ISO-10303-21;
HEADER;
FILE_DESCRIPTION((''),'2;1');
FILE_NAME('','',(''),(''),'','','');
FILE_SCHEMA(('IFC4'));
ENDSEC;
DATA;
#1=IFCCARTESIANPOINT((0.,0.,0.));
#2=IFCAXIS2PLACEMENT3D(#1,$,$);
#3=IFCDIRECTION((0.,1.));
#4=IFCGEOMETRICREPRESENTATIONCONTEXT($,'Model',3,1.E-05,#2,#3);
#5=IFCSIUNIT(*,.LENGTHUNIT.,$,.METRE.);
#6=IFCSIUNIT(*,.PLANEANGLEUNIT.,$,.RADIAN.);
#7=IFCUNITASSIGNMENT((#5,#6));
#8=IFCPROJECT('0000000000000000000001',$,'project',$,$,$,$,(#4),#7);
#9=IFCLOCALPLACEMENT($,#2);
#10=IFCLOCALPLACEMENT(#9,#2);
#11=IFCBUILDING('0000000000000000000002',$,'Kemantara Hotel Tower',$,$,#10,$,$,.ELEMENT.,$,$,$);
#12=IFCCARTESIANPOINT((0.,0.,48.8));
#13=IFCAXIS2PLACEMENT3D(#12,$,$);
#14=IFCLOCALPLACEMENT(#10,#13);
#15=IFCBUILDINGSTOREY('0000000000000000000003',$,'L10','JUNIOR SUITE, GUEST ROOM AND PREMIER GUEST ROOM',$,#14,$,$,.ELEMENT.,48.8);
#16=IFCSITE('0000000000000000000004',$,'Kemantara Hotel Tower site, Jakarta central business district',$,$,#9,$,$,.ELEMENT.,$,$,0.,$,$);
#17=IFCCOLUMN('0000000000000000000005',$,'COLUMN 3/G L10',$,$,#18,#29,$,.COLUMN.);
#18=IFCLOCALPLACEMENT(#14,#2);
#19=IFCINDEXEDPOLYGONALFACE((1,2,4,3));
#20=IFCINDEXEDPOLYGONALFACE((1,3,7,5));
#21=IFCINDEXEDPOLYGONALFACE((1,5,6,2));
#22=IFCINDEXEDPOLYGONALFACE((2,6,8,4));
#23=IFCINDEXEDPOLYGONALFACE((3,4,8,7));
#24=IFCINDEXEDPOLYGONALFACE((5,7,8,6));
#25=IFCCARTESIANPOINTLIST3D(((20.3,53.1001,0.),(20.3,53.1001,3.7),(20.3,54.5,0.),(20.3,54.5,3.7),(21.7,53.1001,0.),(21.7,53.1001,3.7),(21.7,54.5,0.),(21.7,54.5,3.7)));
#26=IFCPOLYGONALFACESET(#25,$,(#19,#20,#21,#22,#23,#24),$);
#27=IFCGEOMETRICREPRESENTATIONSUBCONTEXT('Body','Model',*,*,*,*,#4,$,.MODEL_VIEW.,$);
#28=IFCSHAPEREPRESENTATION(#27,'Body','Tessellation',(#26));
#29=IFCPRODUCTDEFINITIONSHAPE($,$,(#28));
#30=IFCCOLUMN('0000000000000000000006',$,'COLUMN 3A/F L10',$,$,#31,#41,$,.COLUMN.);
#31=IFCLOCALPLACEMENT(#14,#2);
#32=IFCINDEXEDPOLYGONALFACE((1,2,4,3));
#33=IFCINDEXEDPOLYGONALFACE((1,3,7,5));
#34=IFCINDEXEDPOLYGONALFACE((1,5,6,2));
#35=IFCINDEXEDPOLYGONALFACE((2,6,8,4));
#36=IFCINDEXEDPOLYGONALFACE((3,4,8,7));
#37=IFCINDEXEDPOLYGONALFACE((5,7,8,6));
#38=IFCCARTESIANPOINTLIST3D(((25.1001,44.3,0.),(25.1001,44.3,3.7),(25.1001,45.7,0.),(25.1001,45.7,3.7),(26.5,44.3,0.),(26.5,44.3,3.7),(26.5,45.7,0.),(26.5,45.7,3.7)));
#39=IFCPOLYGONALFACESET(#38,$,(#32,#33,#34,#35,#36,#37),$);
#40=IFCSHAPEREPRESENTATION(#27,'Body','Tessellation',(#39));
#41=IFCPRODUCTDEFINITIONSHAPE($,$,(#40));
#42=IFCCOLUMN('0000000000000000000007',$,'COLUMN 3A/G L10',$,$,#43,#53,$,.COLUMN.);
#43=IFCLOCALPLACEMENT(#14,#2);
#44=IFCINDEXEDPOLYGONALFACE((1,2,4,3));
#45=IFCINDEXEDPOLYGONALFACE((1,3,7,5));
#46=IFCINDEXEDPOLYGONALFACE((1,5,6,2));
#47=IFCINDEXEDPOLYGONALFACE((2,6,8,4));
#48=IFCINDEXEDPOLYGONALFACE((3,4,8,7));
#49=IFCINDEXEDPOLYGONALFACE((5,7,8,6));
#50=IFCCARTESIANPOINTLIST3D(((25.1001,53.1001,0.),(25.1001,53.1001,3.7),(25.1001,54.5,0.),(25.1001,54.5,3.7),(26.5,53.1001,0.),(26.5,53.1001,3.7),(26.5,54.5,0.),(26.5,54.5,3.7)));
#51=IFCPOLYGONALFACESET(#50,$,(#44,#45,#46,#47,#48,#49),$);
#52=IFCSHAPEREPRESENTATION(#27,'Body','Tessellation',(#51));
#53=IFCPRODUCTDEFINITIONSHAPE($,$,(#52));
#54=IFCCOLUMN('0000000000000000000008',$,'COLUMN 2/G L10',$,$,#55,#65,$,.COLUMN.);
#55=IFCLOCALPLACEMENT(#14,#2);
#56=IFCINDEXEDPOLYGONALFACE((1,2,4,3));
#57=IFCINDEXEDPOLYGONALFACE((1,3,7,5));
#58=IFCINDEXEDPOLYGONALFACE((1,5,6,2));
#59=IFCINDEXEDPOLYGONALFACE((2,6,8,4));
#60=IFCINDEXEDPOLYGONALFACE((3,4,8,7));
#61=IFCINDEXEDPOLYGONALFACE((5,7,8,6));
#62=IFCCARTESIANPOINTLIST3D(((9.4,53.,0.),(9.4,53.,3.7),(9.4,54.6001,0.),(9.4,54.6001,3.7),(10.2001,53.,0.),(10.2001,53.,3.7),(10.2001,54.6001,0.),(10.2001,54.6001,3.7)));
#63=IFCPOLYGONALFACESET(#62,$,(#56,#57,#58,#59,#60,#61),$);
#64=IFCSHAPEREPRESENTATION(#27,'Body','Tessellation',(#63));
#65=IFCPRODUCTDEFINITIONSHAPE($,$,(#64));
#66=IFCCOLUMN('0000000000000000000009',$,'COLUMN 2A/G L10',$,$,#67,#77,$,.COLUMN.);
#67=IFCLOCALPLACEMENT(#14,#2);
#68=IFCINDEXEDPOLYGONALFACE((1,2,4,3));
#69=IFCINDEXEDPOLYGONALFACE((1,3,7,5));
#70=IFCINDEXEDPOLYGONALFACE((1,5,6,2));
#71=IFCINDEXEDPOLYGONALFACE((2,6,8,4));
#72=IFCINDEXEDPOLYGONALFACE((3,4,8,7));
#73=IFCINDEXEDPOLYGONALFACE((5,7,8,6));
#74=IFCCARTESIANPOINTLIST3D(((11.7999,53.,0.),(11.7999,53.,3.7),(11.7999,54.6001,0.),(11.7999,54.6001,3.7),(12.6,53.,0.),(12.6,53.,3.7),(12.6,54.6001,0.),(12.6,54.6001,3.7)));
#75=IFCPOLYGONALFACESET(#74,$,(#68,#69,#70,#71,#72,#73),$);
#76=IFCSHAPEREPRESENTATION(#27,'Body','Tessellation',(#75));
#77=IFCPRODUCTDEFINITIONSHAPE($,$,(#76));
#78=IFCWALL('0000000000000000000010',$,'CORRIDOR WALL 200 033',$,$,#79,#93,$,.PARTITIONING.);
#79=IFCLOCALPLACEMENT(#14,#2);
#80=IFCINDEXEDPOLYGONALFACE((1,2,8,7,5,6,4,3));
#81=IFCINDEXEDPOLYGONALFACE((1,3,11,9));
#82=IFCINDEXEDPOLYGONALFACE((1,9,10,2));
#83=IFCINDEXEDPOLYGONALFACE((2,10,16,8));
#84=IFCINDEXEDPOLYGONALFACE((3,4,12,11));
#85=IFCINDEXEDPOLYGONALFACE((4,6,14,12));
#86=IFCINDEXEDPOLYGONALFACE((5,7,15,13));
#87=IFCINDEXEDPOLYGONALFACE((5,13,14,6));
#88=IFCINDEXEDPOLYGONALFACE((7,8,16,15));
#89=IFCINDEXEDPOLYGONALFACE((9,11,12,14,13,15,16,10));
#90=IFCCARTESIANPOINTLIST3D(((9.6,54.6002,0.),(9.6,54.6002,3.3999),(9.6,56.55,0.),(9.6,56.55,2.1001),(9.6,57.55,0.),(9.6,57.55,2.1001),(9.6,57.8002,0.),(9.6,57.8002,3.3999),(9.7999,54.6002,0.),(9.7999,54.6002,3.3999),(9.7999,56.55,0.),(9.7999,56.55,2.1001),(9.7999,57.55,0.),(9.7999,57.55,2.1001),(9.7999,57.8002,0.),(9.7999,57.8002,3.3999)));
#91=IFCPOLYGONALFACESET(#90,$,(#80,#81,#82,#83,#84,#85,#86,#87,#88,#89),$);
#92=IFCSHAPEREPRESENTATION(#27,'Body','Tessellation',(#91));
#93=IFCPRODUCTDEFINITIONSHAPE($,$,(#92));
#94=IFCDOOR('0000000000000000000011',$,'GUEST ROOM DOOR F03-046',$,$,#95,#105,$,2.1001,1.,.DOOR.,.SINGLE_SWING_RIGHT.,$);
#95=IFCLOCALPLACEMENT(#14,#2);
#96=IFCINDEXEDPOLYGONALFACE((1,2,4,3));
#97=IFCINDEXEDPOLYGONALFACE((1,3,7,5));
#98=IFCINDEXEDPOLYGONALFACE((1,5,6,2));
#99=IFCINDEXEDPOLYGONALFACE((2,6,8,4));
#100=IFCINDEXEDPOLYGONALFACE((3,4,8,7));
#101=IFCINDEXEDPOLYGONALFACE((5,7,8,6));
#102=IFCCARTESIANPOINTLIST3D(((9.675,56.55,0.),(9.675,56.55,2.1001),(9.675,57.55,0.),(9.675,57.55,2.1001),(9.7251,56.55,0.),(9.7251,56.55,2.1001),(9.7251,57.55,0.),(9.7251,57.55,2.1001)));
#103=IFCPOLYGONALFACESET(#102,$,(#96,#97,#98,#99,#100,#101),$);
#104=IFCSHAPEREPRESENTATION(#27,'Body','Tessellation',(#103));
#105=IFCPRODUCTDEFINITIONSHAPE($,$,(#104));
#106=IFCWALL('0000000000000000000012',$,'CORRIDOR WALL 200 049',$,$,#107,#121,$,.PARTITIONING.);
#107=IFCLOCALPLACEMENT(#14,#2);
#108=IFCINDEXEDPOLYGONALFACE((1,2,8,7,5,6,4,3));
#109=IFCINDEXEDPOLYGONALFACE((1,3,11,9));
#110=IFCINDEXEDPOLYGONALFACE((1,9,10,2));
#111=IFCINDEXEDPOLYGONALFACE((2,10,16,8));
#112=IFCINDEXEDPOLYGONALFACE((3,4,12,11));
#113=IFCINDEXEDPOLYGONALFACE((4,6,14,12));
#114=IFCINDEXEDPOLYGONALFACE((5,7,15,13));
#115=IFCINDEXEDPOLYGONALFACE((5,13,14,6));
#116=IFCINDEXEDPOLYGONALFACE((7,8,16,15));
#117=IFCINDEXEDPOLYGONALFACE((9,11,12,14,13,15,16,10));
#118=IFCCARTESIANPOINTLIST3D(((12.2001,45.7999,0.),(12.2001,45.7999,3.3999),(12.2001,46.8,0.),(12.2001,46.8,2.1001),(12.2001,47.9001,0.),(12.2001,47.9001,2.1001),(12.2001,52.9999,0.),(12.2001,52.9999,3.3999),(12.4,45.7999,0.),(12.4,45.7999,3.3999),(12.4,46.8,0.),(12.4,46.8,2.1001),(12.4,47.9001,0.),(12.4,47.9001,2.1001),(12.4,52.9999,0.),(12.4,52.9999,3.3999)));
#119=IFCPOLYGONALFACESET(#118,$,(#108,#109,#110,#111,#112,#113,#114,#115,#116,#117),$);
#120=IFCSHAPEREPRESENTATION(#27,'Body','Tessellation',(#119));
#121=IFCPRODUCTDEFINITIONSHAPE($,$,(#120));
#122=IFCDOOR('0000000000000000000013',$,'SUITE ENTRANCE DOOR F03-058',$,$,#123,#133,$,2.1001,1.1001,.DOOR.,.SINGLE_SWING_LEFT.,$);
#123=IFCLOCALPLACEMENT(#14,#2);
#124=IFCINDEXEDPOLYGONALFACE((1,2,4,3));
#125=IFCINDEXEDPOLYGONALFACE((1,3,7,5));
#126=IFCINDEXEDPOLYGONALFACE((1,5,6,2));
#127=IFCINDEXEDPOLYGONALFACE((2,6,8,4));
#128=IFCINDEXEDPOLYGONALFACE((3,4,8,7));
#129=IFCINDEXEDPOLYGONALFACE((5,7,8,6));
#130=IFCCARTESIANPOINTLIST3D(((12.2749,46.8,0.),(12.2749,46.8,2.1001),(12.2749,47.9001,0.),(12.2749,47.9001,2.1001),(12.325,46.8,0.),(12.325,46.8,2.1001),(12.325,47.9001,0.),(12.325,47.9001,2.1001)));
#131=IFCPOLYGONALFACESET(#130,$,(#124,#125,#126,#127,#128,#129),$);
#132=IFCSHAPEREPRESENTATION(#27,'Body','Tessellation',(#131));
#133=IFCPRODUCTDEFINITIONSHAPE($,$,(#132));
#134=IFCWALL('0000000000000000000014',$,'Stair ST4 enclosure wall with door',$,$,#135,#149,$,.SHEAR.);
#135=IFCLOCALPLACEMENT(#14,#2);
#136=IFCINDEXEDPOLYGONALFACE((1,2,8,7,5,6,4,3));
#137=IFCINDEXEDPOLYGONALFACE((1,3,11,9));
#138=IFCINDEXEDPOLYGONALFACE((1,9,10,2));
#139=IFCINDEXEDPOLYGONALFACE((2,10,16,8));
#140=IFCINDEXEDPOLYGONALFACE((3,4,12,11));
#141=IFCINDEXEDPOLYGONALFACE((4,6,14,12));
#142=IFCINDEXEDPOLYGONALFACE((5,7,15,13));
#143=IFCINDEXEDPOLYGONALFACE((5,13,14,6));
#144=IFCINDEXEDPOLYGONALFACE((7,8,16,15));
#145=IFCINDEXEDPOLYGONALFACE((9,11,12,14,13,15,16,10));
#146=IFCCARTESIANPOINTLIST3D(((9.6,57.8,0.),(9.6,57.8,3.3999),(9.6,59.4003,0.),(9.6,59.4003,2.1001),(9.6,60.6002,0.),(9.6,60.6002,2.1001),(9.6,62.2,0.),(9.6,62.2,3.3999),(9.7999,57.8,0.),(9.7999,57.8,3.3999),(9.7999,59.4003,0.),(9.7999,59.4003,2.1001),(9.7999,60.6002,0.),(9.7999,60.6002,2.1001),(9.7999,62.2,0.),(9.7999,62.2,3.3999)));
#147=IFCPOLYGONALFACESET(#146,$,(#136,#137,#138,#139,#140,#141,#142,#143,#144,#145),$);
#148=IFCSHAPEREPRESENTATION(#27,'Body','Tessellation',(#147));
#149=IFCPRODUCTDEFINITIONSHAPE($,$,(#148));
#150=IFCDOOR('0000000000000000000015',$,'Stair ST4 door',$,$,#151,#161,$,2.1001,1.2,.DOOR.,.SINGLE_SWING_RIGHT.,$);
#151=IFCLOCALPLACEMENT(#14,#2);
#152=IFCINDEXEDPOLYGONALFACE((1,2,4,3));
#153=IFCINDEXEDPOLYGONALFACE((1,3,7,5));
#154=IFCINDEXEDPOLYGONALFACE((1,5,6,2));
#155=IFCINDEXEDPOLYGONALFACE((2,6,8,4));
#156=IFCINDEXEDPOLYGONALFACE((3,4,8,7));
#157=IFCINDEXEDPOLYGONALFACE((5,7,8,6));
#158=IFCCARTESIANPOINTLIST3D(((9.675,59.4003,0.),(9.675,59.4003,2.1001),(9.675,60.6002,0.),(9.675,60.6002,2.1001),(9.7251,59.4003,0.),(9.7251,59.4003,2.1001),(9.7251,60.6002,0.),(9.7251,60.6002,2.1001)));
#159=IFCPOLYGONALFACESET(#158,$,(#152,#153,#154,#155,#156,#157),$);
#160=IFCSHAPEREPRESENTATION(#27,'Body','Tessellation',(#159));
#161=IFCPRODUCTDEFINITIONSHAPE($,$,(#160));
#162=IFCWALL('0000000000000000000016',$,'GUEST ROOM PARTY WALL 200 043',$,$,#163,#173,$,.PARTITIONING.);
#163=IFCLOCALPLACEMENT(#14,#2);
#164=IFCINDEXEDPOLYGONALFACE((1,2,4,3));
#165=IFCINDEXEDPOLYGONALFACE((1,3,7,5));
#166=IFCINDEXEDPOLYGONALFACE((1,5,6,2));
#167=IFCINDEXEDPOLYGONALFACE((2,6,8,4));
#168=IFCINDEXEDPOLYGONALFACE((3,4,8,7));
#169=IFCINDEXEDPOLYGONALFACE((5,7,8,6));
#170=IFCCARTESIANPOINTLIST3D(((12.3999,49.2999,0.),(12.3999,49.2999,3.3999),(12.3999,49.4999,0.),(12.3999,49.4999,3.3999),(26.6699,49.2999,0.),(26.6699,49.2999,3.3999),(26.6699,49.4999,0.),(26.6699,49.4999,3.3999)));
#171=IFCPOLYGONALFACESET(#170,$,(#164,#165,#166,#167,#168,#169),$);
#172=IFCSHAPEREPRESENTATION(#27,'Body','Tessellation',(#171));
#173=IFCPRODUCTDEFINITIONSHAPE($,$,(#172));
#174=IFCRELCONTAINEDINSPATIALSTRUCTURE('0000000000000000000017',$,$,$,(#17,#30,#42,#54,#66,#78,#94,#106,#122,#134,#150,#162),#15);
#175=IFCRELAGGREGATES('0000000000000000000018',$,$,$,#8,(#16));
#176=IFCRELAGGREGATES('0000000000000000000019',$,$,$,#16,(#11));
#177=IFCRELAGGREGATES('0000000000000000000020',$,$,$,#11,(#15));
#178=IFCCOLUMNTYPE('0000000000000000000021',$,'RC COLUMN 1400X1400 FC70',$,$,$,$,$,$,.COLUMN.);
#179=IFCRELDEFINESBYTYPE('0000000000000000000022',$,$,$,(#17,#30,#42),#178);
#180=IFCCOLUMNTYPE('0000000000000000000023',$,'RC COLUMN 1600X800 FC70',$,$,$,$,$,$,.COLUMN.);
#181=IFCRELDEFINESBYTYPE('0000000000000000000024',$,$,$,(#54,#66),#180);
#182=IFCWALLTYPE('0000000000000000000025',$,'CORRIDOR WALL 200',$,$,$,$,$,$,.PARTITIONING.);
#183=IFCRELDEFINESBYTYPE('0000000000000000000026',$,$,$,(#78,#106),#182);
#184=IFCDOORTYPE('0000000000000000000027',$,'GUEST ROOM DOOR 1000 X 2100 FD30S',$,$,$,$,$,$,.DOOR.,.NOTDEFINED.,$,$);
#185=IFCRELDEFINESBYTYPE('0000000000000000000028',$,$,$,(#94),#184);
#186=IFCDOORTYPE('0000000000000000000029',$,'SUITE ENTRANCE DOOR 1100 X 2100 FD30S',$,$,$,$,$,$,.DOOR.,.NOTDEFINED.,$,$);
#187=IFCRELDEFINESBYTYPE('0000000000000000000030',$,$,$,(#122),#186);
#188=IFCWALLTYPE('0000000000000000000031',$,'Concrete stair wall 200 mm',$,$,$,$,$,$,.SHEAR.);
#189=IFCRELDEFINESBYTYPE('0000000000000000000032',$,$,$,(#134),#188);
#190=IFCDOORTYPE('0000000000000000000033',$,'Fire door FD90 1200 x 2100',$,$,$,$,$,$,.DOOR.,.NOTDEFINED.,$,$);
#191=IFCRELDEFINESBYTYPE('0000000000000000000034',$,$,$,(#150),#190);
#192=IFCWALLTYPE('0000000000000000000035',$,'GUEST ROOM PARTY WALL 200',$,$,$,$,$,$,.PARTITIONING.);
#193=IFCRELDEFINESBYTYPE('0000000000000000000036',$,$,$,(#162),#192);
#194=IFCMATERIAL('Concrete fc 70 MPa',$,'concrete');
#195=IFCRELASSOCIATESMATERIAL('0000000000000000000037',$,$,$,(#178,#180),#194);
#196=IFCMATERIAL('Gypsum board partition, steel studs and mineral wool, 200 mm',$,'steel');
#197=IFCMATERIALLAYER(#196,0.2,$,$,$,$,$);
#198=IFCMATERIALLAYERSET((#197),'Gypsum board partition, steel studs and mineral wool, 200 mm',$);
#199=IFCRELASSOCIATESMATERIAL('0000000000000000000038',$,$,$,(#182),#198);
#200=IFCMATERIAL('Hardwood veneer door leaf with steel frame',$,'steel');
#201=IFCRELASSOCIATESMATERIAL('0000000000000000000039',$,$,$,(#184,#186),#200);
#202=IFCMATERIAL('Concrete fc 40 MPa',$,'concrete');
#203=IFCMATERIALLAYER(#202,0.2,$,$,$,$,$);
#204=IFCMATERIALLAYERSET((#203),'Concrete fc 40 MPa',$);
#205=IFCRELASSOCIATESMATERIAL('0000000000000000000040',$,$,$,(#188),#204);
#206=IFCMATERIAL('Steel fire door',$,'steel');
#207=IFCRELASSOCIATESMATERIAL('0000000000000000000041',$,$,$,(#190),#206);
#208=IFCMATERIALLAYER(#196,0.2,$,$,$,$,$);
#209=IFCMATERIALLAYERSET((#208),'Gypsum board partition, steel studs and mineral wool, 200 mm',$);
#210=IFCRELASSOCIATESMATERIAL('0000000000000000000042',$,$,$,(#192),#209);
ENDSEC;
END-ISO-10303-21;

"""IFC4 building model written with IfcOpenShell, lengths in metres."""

from ifc_helpers import new_model, si_unit, direction, frame, frame_2d, origin, origin_2d, place, context, subcontext, project, spatial, rectangle, extrude, material, layer, layer_set, material_profile, profile_set, type_object, element, fill, save


model = new_model("IFC4")

# Units and contexts
model_context = context("Model", 3, precision=1e-05, world=origin(), true_north=direction((0.0, 1.0)))
body_context = subcontext(model_context, "Body", "Model", "MODEL_VIEW")
ifc_project = project(units=[si_unit("LENGTHUNIT", "METRE"), si_unit("PLANEANGLEUNIT", "RADIAN")], contexts=[model_context])

# Site, building, storey
site_placement = place(None, origin())
site = spatial("IfcSite", under=ifc_project, at=site_placement, Name="Kemantara Hotel Tower site, Jakarta central business district", CompositionType="ELEMENT", RefElevation=0.0)
building_placement = place(site_placement, origin())
building = spatial("IfcBuilding", under=site, at=building_placement, Name="Kemantara Hotel Tower", CompositionType="ELEMENT")
storey_placement = place(building_placement, frame((0.0, 0.0, 48.8)))
storey = spatial("IfcBuildingStorey", under=building, at=storey_placement, Name="L10", Description="JUNIOR SUITE, GUEST ROOM AND PREMIER GUEST ROOM", CompositionType="ELEMENT", Elevation=48.8)

# Columns
ifc_material_1 = material(Name="Concrete fc 70 MPa", Category="concrete")
ifc_material_profile_1 = material_profile(ifc_material_1, rectangle(XDim=1.3999, YDim=1.3999, at=origin_2d()), Name="RC 1400X1400")
ifc_profile_set_1 = profile_set([ifc_material_profile_1], Name="Concrete fc 70 MPa")
column_type_1 = type_object("IfcColumnType", Name="RC COLUMN 1400X1400 FC70", PredefinedType="COLUMN", material=ifc_profile_set_1)
for number, where, z_axis, x_axis, name in (
    (1, (21.0, 53.8, 0.0), (0.0, 0.0, 1.0), (1.0, 0.0, 0.0), "COLUMN 3/G L10"),
    (2, (25.8, 45.0, 0.0), (0.0, 0.0, 1.0), (1.0, 0.0, 0.0), "COLUMN 3A/F L10"),
    (3, (25.8, 53.8, 0.0), (0.0, 0.0, 1.0), (1.0, 0.0, 0.0), "COLUMN 3A/G L10"),
):
    element("IfcColumn", number, at=place(storey_placement, frame(where, z_axis=z_axis, x_axis=x_axis)), inside=storey, type_object=column_type_1, Name=name, PredefinedType="COLUMN", context=body_context, shape_type="SweptSolid", body=[
        extrude(rectangle(XDim=1.3999, YDim=1.3999, at=origin_2d()), origin(), (0.0, 0.0, 1.0), 3.7),
    ])
ifc_material_profile_2 = material_profile(ifc_material_1, rectangle(XDim=1.6001, YDim=0.8, at=origin_2d()), Name="RC 1600X800")
ifc_profile_set_2 = profile_set([ifc_material_profile_2], Name="Concrete fc 70 MPa")
column_type_2 = type_object("IfcColumnType", Name="RC COLUMN 1600X800 FC70", PredefinedType="COLUMN", material=ifc_profile_set_2)
for number, where, z_axis, x_axis, name in (
    (4, (9.8, 53.8, 0.0), (0.0, 0.0, 1.0), (0.0, 1.0, 0.0), "COLUMN 2/G L10"),
    (5, (12.2, 53.8, 0.0), (0.0, 0.0, 1.0), (0.0, 1.0, 0.0), "COLUMN 2A/G L10"),
):
    element("IfcColumn", number, at=place(storey_placement, frame(where, z_axis=z_axis, x_axis=x_axis)), inside=storey, type_object=column_type_2, Name=name, PredefinedType="COLUMN", context=body_context, shape_type="SweptSolid", body=[
        extrude(rectangle(XDim=1.6001, YDim=0.8, at=origin_2d()), origin(), (0.0, 0.0, 1.0), 3.7),
    ])

# Walls, openings, doors
ifc_material_2 = material(Name="Gypsum board partition, steel studs and mineral wool, 200 mm", Category="steel")
ifc_layer_1 = layer(ifc_material_2, 0.2)
ifc_layer_set_1 = layer_set([ifc_layer_1], Name="Gypsum board partition, steel studs and mineral wool, 200 mm")
wall_type_1 = type_object("IfcWallType", Name="CORRIDOR WALL 200", PredefinedType="PARTITIONING", material=ifc_layer_set_1)
wall_1_placement = place(storey_placement, frame((9.7, 54.6001, 0.0), z_axis=(0.0, 0.0, 1.0), x_axis=(0.0, 1.0, 0.0)))
wall_1 = element("IfcWall", 6, at=wall_1_placement, inside=storey, type_object=wall_type_1, Name="CORRIDOR WALL 200 033", PredefinedType="PARTITIONING", context=body_context, shape_type="SweptSolid", body=[
    extrude(rectangle(XDim=3.2, YDim=0.2, at=frame_2d((1.6001, 0.0))), origin(), (0.0, 0.0, 1.0), 3.3999),
])
opening_1_placement = place(wall_1_placement, frame((1.95, 0.0, 0.0)))
opening_1 = element("IfcOpeningElement", 7, at=opening_1_placement, cuts=wall_1, PredefinedType="OPENING", context=body_context, shape_type="SweptSolid", body=[
    extrude(rectangle(XDim=1.0, YDim=2.1001, at=frame_2d((0.5, 1.05))), frame((0.0, 0.1099, 0.0), z_axis=(0.0, -1.0, 0.0), x_axis=(1.0, 0.0, 0.0)), (0.0, 0.0, 1.0), 0.22),
])
ifc_material_3 = material(Name="Hardwood veneer door leaf with steel frame", Category="steel")
door_type_1 = type_object("IfcDoorType", Name="GUEST ROOM DOOR 1000 X 2100 FD30S", OperationType="NOTDEFINED", PredefinedType="DOOR", material=ifc_material_3)
door_1_placement = place(opening_1_placement, origin())
door_1 = element("IfcDoor", 8, at=door_1_placement, inside=storey, type_object=door_type_1, Name="GUEST ROOM DOOR F03-046", OperationType="SINGLE_SWING_RIGHT", OverallHeight=2.1001, OverallWidth=1.0, PredefinedType="DOOR", context=body_context, shape_type="SweptSolid", body=[
    extrude(rectangle(XDim=1.0, YDim=2.1001, at=frame_2d((0.5, 1.05))), frame((0.0, 0.0249, 0.0), z_axis=(0.0, -1.0, 0.0), x_axis=(1.0, 0.0, 0.0)), (0.0, 0.0, 1.0), 0.05),
])
fill(opening_1, door_1)
wall_2_placement = place(storey_placement, frame((12.3, 53.0, 0.0), z_axis=(0.0, 0.0, 1.0), x_axis=(0.0, -1.0, 0.0)))
wall_2 = element("IfcWall", 9, at=wall_2_placement, inside=storey, type_object=wall_type_1, Name="CORRIDOR WALL 200 049", PredefinedType="PARTITIONING", context=body_context, shape_type="SweptSolid", body=[
    extrude(rectangle(XDim=7.2, YDim=0.2, at=frame_2d((3.6001, 0.0))), origin(), (0.0, 0.0, 1.0), 3.3999),
])
opening_2_placement = place(wall_2_placement, frame((5.0999, 0.0, 0.0)))
opening_2 = element("IfcOpeningElement", 10, at=opening_2_placement, cuts=wall_2, PredefinedType="OPENING", context=body_context, shape_type="SweptSolid", body=[
    extrude(rectangle(XDim=1.1001, YDim=2.1001, at=frame_2d((0.55, 1.05))), frame((0.0, 0.1099, 0.0), z_axis=(0.0, -1.0, 0.0), x_axis=(1.0, 0.0, 0.0)), (0.0, 0.0, 1.0), 0.22),
])
door_type_2 = type_object("IfcDoorType", Name="SUITE ENTRANCE DOOR 1100 X 2100 FD30S", OperationType="NOTDEFINED", PredefinedType="DOOR", material=ifc_material_3)
door_2_placement = place(opening_2_placement, origin())
door_2 = element("IfcDoor", 11, at=door_2_placement, inside=storey, type_object=door_type_2, Name="SUITE ENTRANCE DOOR F03-058", OperationType="SINGLE_SWING_LEFT", OverallHeight=2.1001, OverallWidth=1.1001, PredefinedType="DOOR", context=body_context, shape_type="SweptSolid", body=[
    extrude(rectangle(XDim=1.1001, YDim=2.1001, at=frame_2d((0.55, 1.05))), frame((0.0, 0.0249, 0.0), z_axis=(0.0, -1.0, 0.0), x_axis=(1.0, 0.0, 0.0)), (0.0, 0.0, 1.0), 0.05),
])
fill(opening_2, door_2)
ifc_material_4 = material(Name="Concrete fc 40 MPa", Category="concrete")
ifc_layer_2 = layer(ifc_material_4, 0.2)
ifc_layer_set_2 = layer_set([ifc_layer_2], Name="Concrete fc 40 MPa")
wall_type_2 = type_object("IfcWallType", Name="Concrete stair wall 200 mm", PredefinedType="SHEAR", material=ifc_layer_set_2)
wall_3_placement = place(storey_placement, frame((9.7, 57.8, 0.0), z_axis=(0.0, 0.0, 1.0), x_axis=(0.0, 1.0, 0.0)))
wall_3 = element("IfcWall", 12, at=wall_3_placement, inside=storey, type_object=wall_type_2, Name="Stair ST4 enclosure wall with door", PredefinedType="SHEAR", context=body_context, shape_type="SweptSolid", body=[
    extrude(rectangle(XDim=4.3999, YDim=0.2, at=frame_2d((2.2, 0.0))), origin(), (0.0, 0.0, 1.0), 3.3999),
])
opening_3_placement = place(wall_3_placement, frame((1.6001, 0.0, 0.0)))
opening_3 = element("IfcOpeningElement", 13, at=opening_3_placement, cuts=wall_3, PredefinedType="OPENING", context=body_context, shape_type="SweptSolid", body=[
    extrude(rectangle(XDim=1.2, YDim=2.1001, at=frame_2d((0.6001, 1.05))), frame((0.0, 0.1099, 0.0), z_axis=(0.0, -1.0, 0.0), x_axis=(1.0, 0.0, 0.0)), (0.0, 0.0, 1.0), 0.22),
])
ifc_material_5 = material(Name="Steel fire door", Category="steel")
door_type_3 = type_object("IfcDoorType", Name="Fire door FD90 1200 x 2100", OperationType="NOTDEFINED", PredefinedType="DOOR", material=ifc_material_5)
door_3_placement = place(opening_3_placement, origin())
door_3 = element("IfcDoor", 14, at=door_3_placement, inside=storey, type_object=door_type_3, Name="Stair ST4 door", OperationType="SINGLE_SWING_RIGHT", OverallHeight=2.1001, OverallWidth=1.2, PredefinedType="DOOR", context=body_context, shape_type="SweptSolid", body=[
    extrude(rectangle(XDim=1.2, YDim=2.1001, at=frame_2d((0.6001, 1.05))), frame((0.0, 0.0249, 0.0), z_axis=(0.0, -1.0, 0.0), x_axis=(1.0, 0.0, 0.0)), (0.0, 0.0, 1.0), 0.05),
])
fill(opening_3, door_3)

# Wall
ifc_layer_3 = layer(ifc_material_2, 0.2)
ifc_layer_set_3 = layer_set([ifc_layer_3], Name="Gypsum board partition, steel studs and mineral wool, 200 mm")
wall_type_3 = type_object("IfcWallType", Name="GUEST ROOM PARTY WALL 200", PredefinedType="PARTITIONING", material=ifc_layer_set_3)
for number, where, z_axis, x_axis, name in (
    (15, (12.3999, 49.3999, 0.0), (0.0, 0.0, 1.0), (1.0, 0.0, 0.0), "GUEST ROOM PARTY WALL 200 043"),
):
    element("IfcWall", number, at=place(storey_placement, frame(where, z_axis=z_axis, x_axis=x_axis)), inside=storey, type_object=wall_type_3, Name=name, PredefinedType="PARTITIONING", context=body_context, shape_type="SweptSolid", body=[
        extrude(rectangle(XDim=14.27, YDim=0.2, at=frame_2d((7.135, 0.0))), origin(), (0.0, 0.0, 1.0), 3.3999),
    ])

save(model, "model.ifc")
